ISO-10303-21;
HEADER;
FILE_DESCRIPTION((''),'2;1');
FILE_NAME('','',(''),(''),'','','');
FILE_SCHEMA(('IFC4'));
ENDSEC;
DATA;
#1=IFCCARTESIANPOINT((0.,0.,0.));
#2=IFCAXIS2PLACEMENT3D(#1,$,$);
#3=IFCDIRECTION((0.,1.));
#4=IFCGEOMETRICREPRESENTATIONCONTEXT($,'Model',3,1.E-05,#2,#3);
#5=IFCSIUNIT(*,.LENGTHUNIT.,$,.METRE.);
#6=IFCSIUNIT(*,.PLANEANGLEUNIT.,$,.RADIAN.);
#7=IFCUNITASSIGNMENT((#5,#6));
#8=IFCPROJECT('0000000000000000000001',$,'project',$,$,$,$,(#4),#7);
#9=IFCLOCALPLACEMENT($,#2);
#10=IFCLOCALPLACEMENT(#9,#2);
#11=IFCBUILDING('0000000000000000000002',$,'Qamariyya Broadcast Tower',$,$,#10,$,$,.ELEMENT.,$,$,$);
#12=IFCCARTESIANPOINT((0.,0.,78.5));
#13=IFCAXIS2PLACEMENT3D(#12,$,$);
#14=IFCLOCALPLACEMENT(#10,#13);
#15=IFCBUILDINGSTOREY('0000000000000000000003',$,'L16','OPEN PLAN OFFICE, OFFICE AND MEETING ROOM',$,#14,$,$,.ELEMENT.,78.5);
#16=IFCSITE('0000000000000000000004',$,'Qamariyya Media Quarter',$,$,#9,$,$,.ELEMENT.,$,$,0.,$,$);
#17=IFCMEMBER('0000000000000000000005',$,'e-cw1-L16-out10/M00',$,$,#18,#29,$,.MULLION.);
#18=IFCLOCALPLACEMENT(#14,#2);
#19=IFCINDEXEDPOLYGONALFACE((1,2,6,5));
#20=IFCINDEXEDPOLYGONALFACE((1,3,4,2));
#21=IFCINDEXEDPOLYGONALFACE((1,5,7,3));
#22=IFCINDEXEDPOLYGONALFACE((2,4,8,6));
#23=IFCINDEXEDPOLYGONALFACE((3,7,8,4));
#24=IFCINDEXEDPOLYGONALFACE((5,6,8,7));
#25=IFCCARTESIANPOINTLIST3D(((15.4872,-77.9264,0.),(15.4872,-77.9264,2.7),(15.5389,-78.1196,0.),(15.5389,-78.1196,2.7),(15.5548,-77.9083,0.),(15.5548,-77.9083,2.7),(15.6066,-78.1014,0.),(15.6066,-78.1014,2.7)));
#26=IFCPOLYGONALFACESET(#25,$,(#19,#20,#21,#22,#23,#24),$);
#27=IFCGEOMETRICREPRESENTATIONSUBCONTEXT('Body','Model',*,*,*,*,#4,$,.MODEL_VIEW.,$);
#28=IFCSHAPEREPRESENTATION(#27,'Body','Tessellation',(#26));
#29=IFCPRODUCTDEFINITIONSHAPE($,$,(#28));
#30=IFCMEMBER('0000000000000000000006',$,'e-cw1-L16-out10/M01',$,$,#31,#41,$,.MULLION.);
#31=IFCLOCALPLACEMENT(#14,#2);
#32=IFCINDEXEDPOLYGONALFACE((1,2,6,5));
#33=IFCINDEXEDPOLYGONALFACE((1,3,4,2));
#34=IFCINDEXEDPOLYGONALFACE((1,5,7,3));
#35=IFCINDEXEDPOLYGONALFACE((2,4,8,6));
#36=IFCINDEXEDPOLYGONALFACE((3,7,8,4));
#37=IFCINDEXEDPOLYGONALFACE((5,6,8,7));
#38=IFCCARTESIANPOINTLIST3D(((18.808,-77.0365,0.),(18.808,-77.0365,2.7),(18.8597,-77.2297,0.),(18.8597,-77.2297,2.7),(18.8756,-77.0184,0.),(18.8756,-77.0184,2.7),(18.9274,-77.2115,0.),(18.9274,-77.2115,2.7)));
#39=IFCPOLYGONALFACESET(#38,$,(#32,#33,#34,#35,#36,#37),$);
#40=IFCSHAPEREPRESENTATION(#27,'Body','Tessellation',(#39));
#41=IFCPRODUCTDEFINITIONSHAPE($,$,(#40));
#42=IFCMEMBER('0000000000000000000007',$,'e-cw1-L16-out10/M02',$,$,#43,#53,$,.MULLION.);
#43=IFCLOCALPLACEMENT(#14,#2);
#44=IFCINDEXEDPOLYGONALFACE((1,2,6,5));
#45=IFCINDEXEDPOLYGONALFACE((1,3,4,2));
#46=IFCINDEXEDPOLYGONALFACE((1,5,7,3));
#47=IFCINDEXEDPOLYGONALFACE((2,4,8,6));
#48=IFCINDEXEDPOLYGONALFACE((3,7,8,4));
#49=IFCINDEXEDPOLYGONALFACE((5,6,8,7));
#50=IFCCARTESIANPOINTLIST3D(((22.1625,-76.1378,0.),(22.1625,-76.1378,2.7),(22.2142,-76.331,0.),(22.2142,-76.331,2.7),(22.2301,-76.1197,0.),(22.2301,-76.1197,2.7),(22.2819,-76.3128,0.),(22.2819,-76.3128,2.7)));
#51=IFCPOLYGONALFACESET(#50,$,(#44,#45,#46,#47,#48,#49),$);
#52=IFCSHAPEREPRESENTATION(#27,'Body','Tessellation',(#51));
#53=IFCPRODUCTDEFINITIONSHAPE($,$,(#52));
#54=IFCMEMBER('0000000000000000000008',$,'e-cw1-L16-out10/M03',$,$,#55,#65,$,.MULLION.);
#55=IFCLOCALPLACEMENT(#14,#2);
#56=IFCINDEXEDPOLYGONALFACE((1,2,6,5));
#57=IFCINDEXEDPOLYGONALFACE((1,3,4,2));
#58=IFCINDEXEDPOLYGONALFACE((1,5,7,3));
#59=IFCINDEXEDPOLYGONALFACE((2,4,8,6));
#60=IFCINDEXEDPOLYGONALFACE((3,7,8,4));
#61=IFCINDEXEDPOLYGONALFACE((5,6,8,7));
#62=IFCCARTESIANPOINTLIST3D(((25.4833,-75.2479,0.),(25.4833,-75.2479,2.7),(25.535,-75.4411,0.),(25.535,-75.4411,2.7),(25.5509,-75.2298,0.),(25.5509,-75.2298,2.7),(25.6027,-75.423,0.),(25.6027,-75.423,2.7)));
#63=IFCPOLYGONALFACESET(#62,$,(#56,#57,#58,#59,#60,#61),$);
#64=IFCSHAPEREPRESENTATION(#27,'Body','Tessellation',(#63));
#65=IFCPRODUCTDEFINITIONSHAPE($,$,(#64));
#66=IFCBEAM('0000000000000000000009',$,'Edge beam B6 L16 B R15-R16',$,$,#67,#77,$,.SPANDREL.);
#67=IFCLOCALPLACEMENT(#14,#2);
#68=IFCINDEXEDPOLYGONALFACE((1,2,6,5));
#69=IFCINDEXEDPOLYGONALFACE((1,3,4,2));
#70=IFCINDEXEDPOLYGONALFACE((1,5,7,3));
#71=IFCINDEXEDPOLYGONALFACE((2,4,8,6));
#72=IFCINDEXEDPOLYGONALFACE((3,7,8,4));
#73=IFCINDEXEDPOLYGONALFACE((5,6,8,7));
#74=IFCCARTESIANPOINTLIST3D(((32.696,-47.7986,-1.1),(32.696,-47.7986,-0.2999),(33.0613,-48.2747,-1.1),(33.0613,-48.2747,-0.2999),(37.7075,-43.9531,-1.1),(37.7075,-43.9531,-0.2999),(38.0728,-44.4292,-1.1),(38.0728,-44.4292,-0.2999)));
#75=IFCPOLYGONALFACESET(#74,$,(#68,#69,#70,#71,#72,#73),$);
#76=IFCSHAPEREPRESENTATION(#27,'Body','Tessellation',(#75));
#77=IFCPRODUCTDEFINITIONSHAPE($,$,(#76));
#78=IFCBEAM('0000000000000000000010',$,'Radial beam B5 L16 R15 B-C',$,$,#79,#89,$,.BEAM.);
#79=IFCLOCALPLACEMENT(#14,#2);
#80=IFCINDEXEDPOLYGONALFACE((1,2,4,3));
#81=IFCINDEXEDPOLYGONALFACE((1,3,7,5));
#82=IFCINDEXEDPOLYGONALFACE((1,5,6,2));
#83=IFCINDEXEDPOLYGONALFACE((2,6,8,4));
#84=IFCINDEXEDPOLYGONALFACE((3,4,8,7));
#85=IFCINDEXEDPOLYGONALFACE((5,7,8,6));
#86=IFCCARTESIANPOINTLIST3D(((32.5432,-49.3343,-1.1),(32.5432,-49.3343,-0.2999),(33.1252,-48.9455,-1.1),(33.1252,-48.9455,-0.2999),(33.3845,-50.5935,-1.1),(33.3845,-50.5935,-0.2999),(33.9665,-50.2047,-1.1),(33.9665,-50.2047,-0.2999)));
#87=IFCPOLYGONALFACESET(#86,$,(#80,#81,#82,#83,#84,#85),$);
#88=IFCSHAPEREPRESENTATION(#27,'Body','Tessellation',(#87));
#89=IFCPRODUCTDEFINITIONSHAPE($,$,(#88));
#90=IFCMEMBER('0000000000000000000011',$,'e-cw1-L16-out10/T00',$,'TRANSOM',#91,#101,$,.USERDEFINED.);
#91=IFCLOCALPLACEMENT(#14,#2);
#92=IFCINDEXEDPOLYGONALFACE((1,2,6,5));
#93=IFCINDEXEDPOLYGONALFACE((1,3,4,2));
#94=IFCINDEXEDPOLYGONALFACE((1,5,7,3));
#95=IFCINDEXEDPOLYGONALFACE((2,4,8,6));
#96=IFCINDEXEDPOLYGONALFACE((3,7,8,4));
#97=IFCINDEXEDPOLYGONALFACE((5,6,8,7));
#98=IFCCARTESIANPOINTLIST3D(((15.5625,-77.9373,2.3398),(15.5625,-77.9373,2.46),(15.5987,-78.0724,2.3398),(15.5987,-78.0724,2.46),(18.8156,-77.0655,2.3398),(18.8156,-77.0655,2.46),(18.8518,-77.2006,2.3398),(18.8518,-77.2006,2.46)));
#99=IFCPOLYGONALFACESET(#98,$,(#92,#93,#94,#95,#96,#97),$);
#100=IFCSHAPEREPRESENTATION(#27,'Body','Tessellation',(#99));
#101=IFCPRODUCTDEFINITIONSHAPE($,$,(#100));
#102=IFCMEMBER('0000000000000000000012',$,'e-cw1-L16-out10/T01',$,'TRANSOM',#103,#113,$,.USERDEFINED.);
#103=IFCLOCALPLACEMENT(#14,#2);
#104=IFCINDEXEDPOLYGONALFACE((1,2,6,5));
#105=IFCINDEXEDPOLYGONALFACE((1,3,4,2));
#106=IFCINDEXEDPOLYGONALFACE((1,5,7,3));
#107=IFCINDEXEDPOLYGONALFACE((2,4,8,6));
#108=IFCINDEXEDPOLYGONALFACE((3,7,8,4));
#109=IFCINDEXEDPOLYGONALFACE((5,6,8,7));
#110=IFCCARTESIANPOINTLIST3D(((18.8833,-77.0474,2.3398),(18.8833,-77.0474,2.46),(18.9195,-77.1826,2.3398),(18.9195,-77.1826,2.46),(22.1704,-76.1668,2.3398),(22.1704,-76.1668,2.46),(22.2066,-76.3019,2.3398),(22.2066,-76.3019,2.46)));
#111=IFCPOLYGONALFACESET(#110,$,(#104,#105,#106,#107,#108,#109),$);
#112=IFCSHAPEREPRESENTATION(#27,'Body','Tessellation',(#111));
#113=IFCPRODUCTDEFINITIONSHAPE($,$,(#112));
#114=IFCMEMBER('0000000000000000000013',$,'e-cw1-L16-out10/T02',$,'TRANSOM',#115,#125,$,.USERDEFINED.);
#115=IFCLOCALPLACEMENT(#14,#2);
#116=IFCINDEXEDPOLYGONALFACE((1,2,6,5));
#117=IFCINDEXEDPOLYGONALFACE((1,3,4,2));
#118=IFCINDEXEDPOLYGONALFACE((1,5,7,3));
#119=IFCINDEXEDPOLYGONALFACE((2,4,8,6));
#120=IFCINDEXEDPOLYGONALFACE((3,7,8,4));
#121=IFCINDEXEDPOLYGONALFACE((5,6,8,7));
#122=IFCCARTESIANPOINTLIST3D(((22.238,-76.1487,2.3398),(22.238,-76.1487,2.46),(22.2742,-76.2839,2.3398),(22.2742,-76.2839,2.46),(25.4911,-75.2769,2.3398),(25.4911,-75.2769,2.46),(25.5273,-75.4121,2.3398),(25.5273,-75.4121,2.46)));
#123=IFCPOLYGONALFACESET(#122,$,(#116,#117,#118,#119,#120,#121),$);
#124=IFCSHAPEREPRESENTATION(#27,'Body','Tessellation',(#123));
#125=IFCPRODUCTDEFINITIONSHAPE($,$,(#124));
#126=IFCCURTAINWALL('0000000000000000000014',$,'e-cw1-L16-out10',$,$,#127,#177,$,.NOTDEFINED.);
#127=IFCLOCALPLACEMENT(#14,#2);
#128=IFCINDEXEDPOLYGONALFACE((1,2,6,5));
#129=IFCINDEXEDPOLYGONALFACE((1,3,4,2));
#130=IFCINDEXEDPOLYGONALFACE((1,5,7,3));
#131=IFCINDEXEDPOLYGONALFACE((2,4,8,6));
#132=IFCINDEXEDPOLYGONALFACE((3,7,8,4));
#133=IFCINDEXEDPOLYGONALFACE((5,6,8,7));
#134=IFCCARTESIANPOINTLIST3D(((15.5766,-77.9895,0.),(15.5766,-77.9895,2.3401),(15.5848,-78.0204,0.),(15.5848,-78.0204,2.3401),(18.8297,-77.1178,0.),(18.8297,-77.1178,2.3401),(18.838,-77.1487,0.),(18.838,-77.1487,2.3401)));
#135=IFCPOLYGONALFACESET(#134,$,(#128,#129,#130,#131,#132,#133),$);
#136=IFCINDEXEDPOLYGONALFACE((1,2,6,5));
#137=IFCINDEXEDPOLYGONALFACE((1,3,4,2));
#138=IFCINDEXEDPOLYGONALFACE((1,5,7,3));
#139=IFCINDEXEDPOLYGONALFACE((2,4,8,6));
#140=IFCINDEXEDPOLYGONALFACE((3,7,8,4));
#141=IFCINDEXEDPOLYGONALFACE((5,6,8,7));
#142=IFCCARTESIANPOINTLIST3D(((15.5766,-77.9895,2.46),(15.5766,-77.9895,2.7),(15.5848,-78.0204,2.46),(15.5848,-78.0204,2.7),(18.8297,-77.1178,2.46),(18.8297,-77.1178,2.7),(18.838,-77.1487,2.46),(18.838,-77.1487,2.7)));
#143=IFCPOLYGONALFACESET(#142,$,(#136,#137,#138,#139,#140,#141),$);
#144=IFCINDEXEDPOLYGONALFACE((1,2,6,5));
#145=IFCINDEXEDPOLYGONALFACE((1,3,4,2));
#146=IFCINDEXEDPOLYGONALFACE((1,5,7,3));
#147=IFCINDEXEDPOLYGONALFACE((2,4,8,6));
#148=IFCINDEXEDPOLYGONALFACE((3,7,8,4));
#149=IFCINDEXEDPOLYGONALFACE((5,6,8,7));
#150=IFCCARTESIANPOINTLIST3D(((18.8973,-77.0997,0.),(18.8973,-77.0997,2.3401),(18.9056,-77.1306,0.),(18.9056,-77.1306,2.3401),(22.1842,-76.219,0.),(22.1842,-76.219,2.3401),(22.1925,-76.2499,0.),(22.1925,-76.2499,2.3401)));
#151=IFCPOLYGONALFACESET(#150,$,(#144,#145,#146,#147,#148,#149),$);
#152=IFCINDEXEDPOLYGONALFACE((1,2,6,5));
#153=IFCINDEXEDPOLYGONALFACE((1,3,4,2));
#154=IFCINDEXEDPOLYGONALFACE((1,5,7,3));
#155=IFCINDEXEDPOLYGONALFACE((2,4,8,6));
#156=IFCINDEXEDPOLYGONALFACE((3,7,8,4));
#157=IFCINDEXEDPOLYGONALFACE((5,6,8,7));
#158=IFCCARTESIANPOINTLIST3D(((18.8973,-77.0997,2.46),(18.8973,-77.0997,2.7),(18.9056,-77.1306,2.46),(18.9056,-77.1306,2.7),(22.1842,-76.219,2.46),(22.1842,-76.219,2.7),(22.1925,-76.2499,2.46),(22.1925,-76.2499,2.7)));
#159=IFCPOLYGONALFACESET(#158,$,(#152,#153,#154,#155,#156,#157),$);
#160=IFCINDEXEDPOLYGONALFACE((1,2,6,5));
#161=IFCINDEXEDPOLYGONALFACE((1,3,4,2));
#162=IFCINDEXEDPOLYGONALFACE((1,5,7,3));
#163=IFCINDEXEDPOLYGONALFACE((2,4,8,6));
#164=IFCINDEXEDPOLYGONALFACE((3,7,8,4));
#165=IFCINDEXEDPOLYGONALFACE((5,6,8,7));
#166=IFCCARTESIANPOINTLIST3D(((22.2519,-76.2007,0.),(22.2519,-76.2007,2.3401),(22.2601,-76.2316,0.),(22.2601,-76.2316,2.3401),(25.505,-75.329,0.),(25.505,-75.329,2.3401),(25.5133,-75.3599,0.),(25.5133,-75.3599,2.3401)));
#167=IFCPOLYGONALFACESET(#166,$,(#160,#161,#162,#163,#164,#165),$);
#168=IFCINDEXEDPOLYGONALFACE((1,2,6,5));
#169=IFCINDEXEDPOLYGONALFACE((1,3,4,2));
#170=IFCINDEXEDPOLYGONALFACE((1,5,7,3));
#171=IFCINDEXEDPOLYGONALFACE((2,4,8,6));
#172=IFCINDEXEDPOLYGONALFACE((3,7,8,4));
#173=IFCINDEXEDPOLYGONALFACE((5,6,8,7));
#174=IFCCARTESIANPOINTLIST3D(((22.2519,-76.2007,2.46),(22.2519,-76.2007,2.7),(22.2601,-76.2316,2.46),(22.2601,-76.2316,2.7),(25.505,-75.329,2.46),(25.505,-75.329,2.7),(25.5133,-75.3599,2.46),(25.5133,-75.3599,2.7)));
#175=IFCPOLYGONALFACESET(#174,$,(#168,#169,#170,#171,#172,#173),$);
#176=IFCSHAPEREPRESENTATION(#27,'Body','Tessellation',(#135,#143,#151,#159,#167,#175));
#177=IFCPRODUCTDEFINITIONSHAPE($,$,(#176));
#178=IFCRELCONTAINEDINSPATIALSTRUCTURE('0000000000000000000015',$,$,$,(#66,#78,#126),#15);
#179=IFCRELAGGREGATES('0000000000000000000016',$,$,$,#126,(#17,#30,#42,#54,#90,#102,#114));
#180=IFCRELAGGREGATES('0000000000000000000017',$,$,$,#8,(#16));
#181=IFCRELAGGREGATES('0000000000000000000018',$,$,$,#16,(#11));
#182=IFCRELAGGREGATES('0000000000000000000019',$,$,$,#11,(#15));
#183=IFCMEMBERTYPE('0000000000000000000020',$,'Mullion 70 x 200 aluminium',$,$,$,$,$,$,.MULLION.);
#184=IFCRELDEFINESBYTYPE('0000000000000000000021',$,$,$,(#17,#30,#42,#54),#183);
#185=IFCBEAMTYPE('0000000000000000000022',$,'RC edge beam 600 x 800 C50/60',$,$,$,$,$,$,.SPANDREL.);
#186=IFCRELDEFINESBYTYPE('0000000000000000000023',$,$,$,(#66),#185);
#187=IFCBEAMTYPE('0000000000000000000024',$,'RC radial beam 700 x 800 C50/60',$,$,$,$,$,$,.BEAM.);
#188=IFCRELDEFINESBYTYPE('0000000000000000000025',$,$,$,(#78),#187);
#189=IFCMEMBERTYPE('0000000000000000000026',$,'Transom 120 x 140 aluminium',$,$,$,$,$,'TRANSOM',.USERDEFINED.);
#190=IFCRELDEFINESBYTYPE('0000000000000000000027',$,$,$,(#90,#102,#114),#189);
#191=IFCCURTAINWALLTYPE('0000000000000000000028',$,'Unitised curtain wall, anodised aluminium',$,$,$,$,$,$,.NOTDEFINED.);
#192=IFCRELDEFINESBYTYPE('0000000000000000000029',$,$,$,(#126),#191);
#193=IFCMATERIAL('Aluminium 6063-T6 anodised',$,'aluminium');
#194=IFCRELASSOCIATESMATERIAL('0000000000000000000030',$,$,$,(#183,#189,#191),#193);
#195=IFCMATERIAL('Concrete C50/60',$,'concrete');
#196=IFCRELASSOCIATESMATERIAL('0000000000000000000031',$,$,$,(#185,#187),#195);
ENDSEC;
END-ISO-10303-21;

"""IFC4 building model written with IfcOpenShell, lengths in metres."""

from ifc_helpers import new_model, si_unit, direction, frame, origin, origin_2d, place, context, subcontext, project, spatial, rectangle, extrude, material, material_profile, profile_set, type_object, element, aggregate, save


model = new_model("IFC4")

# Units and contexts
model_context = context("Model", 3, precision=1e-05, world=origin(), true_north=direction((0.0, 1.0)))
body_context = subcontext(model_context, "Body", "Model", "MODEL_VIEW")
ifc_project = project(units=[si_unit("LENGTHUNIT", "METRE"), si_unit("PLANEANGLEUNIT", "RADIAN")], contexts=[model_context])

# Site, building, storey
site_placement = place(None, origin())
site = spatial("IfcSite", under=ifc_project, at=site_placement, Name="Qamariyya Media Quarter", CompositionType="ELEMENT", RefElevation=0.0)
building_placement = place(site_placement, origin())
building = spatial("IfcBuilding", under=site, at=building_placement, Name="Qamariyya Broadcast Tower", CompositionType="ELEMENT")
storey_placement = place(building_placement, frame((0.0, 0.0, 78.5)))
storey = spatial("IfcBuildingStorey", under=building, at=storey_placement, Name="L16", Description="OPEN PLAN OFFICE, OFFICE AND MEETING ROOM", CompositionType="ELEMENT", Elevation=78.5)

# Members
ifc_material_1 = material(Name="Aluminium 6063-T6 anodised", Category="aluminium")
ifc_material_profile_1 = material_profile(ifc_material_1, rectangle(XDim=0.2, YDim=0.0701, at=origin_2d()))
ifc_profile_set_1 = profile_set([ifc_material_profile_1], Name="Aluminium 6063-T6 anodised")
member_type_1 = type_object("IfcMemberType", Name="Mullion 70 x 200 aluminium", PredefinedType="MULLION", material=ifc_profile_set_1)
member_1_placement = place(storey_placement, frame((15.5469, -78.0139, 0.0), z_axis=(0.0, 0.0, 1.0), x_axis=(-0.258819, 0.965926, 0.0)))
member_1 = element("IfcMember", 1, at=member_1_placement, type_object=member_type_1, Name="e-cw1-L16-out10/M00", PredefinedType="MULLION", context=body_context, shape_type="SweptSolid", body=[
    extrude(rectangle(XDim=0.2, YDim=0.0701, at=origin_2d()), origin(), (0.0, 0.0, 1.0), 2.7),
])
member_2_placement = place(storey_placement, frame((18.8677, -77.124, 0.0), z_axis=(0.0, 0.0, 1.0), x_axis=(-0.258819, 0.965926, 0.0)))
member_2 = element("IfcMember", 2, at=member_2_placement, type_object=member_type_1, Name="e-cw1-L16-out10/M01", PredefinedType="MULLION", context=body_context, shape_type="SweptSolid", body=[
    extrude(rectangle(XDim=0.2, YDim=0.0701, at=origin_2d()), origin(), (0.0, 0.0, 1.0), 2.7),
])
member_3_placement = place(storey_placement, frame((22.2222, -76.2253, 0.0), z_axis=(0.0, 0.0, 1.0), x_axis=(-0.258819, 0.965926, 0.0)))
member_3 = element("IfcMember", 3, at=member_3_placement, type_object=member_type_1, Name="e-cw1-L16-out10/M02", PredefinedType="MULLION", context=body_context, shape_type="SweptSolid", body=[
    extrude(rectangle(XDim=0.2, YDim=0.0701, at=origin_2d()), origin(), (0.0, 0.0, 1.0), 2.7),
])
member_4_placement = place(storey_placement, frame((25.543, -75.3354, 0.0), z_axis=(0.0, 0.0, 1.0), x_axis=(-0.258819, 0.965926, 0.0)))
member_4 = element("IfcMember", 4, at=member_4_placement, type_object=member_type_1, Name="e-cw1-L16-out10/M03", PredefinedType="MULLION", context=body_context, shape_type="SweptSolid", body=[
    extrude(rectangle(XDim=0.2, YDim=0.0701, at=origin_2d()), origin(), (0.0, 0.0, 1.0), 2.7),
])

# Beams
ifc_material_2 = material(Name="Concrete C50/60", Category="concrete")
ifc_material_profile_2 = material_profile(ifc_material_2, rectangle(XDim=0.6001, YDim=0.8, at=origin_2d()))
ifc_profile_set_2 = profile_set([ifc_material_profile_2], Name="Concrete C50/60")
beam_type_1 = type_object("IfcBeamType", Name="RC edge beam 600 x 800 C50/60", PredefinedType="SPANDREL", material=ifc_profile_set_2)
beam_1_placement = place(storey_placement, frame((32.8787, -48.0366, -0.7), z_axis=(0.793352, 0.608763, 0.0), x_axis=(-0.608763, 0.793352, 0.0)))
element("IfcBeam", 5, at=beam_1_placement, inside=storey, type_object=beam_type_1, Name="Edge beam B6 L16 B R15-R16", PredefinedType="SPANDREL", context=body_context, shape_type="SweptSolid", body=[
    extrude(rectangle(XDim=0.6001, YDim=0.8, at=origin_2d()), origin(), (0.0, 0.0, 1.0), 6.3169),
])
ifc_material_profile_3 = material_profile(ifc_material_2, rectangle(XDim=0.7, YDim=0.8, at=origin_2d()))
ifc_profile_set_3 = profile_set([ifc_material_profile_3], Name="Concrete C50/60")
beam_type_2 = type_object("IfcBeamType", Name="RC radial beam 700 x 800 C50/60", PredefinedType="BEAM", material=ifc_profile_set_3)
beam_2_placement = place(storey_placement, frame((32.8342, -49.1399, -0.7), z_axis=(0.555518, -0.831504, 0.0), x_axis=(0.831504, 0.555518, 0.0)))
element("IfcBeam", 6, at=beam_2_placement, inside=storey, type_object=beam_type_2, Name="Radial beam B5 L16 R15 B-C", PredefinedType="BEAM", context=body_context, shape_type="SweptSolid", body=[
    extrude(rectangle(XDim=0.7, YDim=0.8, at=origin_2d()), origin(), (0.0, 0.0, 1.0), 1.5144),
])

# Members
ifc_material_profile_4 = material_profile(ifc_material_1, rectangle(XDim=0.1399, YDim=0.1201, at=origin_2d()))
ifc_profile_set_4 = profile_set([ifc_material_profile_4], Name="Aluminium 6063-T6 anodised")
member_type_2 = type_object("IfcMemberType", Name="Transom 120 x 140 aluminium", ElementType="TRANSOM", PredefinedType="USERDEFINED", material=ifc_profile_set_4)
member_5_placement = place(storey_placement, frame((15.5806, -78.0049, 2.3999), z_axis=(0.965915, 0.258858, 0.0), x_axis=(-0.258858, 0.965915, 0.0)))
member_5 = element("IfcMember", 7, at=member_5_placement, type_object=member_type_2, Name="e-cw1-L16-out10/T00", ObjectType="TRANSOM", PredefinedType="USERDEFINED", context=body_context, shape_type="SweptSolid", body=[
    extrude(rectangle(XDim=0.1399, YDim=0.1201, at=origin_2d()), origin(), (0.0, 0.0, 1.0), 3.3679),
])
member_6_placement = place(storey_placement, frame((18.9014, -77.115, 2.3999), z_axis=(0.965938, 0.258774, 0.0), x_axis=(-0.258774, 0.965938, 0.0)))
member_6 = element("IfcMember", 8, at=member_6_placement, type_object=member_type_2, Name="e-cw1-L16-out10/T01", ObjectType="TRANSOM", PredefinedType="USERDEFINED", context=body_context, shape_type="SweptSolid", body=[
    extrude(rectangle(XDim=0.1399, YDim=0.1201, at=origin_2d()), origin(), (0.0, 0.0, 1.0), 3.4031),
])
member_7_placement = place(storey_placement, frame((22.2561, -76.2163, 2.3999), z_axis=(0.965915, 0.258858, 0.0), x_axis=(-0.258858, 0.965915, 0.0)))
member_7 = element("IfcMember", 9, at=member_7_placement, type_object=member_type_2, Name="e-cw1-L16-out10/T02", ObjectType="TRANSOM", PredefinedType="USERDEFINED", context=body_context, shape_type="SweptSolid", body=[
    extrude(rectangle(XDim=0.1399, YDim=0.1201, at=origin_2d()), origin(), (0.0, 0.0, 1.0), 3.3679),
])

# Curtain wall
curtain_wall_type = type_object("IfcCurtainWallType", Name="Unitised curtain wall, anodised aluminium", PredefinedType="NOTDEFINED", material=ifc_material_1)
curtain_wall_1_placement = place(storey_placement, origin())
curtain_wall_1 = element("IfcCurtainWall", 10, at=curtain_wall_1_placement, inside=storey, type_object=curtain_wall_type, Name="e-cw1-L16-out10", PredefinedType="NOTDEFINED", context=body_context, shape_type="SweptSolid", body=[
    extrude(rectangle(XDim=3.3679, YDim=0.032, at=origin_2d()), frame((17.2073, -77.5691, 0.0), x_axis=(0.965925, 0.258822, 0.0)), (0.0, 0.0, 1.0), 2.3401),
    extrude(rectangle(XDim=3.3679, YDim=0.032, at=origin_2d()), frame((17.2073, -77.5691, 2.46), x_axis=(0.965925, 0.258822, 0.0)), (0.0, 0.0, 1.0), 0.24),
    extrude(rectangle(XDim=3.4028, YDim=0.032, at=origin_2d()), frame((20.5449, -76.6748, 0.0), x_axis=(0.965925, 0.258822, 0.0)), (0.0, 0.0, 1.0), 2.3401),
    extrude(rectangle(XDim=3.4028, YDim=0.032, at=origin_2d()), frame((20.5449, -76.6748, 2.46), x_axis=(0.965925, 0.258822, 0.0)), (0.0, 0.0, 1.0), 0.24),
    extrude(rectangle(XDim=3.3679, YDim=0.032, at=origin_2d()), frame((23.8826, -75.7803, 0.0), x_axis=(0.965925, 0.258822, 0.0)), (0.0, 0.0, 1.0), 2.3401),
    extrude(rectangle(XDim=3.3679, YDim=0.032, at=origin_2d()), frame((23.8826, -75.7803, 2.46), x_axis=(0.965925, 0.258822, 0.0)), (0.0, 0.0, 1.0), 0.24),
])
aggregate(curtain_wall_1, [member_1, member_2, member_3, member_4, member_5, member_6, member_7])

save(model, "model.ifc")
